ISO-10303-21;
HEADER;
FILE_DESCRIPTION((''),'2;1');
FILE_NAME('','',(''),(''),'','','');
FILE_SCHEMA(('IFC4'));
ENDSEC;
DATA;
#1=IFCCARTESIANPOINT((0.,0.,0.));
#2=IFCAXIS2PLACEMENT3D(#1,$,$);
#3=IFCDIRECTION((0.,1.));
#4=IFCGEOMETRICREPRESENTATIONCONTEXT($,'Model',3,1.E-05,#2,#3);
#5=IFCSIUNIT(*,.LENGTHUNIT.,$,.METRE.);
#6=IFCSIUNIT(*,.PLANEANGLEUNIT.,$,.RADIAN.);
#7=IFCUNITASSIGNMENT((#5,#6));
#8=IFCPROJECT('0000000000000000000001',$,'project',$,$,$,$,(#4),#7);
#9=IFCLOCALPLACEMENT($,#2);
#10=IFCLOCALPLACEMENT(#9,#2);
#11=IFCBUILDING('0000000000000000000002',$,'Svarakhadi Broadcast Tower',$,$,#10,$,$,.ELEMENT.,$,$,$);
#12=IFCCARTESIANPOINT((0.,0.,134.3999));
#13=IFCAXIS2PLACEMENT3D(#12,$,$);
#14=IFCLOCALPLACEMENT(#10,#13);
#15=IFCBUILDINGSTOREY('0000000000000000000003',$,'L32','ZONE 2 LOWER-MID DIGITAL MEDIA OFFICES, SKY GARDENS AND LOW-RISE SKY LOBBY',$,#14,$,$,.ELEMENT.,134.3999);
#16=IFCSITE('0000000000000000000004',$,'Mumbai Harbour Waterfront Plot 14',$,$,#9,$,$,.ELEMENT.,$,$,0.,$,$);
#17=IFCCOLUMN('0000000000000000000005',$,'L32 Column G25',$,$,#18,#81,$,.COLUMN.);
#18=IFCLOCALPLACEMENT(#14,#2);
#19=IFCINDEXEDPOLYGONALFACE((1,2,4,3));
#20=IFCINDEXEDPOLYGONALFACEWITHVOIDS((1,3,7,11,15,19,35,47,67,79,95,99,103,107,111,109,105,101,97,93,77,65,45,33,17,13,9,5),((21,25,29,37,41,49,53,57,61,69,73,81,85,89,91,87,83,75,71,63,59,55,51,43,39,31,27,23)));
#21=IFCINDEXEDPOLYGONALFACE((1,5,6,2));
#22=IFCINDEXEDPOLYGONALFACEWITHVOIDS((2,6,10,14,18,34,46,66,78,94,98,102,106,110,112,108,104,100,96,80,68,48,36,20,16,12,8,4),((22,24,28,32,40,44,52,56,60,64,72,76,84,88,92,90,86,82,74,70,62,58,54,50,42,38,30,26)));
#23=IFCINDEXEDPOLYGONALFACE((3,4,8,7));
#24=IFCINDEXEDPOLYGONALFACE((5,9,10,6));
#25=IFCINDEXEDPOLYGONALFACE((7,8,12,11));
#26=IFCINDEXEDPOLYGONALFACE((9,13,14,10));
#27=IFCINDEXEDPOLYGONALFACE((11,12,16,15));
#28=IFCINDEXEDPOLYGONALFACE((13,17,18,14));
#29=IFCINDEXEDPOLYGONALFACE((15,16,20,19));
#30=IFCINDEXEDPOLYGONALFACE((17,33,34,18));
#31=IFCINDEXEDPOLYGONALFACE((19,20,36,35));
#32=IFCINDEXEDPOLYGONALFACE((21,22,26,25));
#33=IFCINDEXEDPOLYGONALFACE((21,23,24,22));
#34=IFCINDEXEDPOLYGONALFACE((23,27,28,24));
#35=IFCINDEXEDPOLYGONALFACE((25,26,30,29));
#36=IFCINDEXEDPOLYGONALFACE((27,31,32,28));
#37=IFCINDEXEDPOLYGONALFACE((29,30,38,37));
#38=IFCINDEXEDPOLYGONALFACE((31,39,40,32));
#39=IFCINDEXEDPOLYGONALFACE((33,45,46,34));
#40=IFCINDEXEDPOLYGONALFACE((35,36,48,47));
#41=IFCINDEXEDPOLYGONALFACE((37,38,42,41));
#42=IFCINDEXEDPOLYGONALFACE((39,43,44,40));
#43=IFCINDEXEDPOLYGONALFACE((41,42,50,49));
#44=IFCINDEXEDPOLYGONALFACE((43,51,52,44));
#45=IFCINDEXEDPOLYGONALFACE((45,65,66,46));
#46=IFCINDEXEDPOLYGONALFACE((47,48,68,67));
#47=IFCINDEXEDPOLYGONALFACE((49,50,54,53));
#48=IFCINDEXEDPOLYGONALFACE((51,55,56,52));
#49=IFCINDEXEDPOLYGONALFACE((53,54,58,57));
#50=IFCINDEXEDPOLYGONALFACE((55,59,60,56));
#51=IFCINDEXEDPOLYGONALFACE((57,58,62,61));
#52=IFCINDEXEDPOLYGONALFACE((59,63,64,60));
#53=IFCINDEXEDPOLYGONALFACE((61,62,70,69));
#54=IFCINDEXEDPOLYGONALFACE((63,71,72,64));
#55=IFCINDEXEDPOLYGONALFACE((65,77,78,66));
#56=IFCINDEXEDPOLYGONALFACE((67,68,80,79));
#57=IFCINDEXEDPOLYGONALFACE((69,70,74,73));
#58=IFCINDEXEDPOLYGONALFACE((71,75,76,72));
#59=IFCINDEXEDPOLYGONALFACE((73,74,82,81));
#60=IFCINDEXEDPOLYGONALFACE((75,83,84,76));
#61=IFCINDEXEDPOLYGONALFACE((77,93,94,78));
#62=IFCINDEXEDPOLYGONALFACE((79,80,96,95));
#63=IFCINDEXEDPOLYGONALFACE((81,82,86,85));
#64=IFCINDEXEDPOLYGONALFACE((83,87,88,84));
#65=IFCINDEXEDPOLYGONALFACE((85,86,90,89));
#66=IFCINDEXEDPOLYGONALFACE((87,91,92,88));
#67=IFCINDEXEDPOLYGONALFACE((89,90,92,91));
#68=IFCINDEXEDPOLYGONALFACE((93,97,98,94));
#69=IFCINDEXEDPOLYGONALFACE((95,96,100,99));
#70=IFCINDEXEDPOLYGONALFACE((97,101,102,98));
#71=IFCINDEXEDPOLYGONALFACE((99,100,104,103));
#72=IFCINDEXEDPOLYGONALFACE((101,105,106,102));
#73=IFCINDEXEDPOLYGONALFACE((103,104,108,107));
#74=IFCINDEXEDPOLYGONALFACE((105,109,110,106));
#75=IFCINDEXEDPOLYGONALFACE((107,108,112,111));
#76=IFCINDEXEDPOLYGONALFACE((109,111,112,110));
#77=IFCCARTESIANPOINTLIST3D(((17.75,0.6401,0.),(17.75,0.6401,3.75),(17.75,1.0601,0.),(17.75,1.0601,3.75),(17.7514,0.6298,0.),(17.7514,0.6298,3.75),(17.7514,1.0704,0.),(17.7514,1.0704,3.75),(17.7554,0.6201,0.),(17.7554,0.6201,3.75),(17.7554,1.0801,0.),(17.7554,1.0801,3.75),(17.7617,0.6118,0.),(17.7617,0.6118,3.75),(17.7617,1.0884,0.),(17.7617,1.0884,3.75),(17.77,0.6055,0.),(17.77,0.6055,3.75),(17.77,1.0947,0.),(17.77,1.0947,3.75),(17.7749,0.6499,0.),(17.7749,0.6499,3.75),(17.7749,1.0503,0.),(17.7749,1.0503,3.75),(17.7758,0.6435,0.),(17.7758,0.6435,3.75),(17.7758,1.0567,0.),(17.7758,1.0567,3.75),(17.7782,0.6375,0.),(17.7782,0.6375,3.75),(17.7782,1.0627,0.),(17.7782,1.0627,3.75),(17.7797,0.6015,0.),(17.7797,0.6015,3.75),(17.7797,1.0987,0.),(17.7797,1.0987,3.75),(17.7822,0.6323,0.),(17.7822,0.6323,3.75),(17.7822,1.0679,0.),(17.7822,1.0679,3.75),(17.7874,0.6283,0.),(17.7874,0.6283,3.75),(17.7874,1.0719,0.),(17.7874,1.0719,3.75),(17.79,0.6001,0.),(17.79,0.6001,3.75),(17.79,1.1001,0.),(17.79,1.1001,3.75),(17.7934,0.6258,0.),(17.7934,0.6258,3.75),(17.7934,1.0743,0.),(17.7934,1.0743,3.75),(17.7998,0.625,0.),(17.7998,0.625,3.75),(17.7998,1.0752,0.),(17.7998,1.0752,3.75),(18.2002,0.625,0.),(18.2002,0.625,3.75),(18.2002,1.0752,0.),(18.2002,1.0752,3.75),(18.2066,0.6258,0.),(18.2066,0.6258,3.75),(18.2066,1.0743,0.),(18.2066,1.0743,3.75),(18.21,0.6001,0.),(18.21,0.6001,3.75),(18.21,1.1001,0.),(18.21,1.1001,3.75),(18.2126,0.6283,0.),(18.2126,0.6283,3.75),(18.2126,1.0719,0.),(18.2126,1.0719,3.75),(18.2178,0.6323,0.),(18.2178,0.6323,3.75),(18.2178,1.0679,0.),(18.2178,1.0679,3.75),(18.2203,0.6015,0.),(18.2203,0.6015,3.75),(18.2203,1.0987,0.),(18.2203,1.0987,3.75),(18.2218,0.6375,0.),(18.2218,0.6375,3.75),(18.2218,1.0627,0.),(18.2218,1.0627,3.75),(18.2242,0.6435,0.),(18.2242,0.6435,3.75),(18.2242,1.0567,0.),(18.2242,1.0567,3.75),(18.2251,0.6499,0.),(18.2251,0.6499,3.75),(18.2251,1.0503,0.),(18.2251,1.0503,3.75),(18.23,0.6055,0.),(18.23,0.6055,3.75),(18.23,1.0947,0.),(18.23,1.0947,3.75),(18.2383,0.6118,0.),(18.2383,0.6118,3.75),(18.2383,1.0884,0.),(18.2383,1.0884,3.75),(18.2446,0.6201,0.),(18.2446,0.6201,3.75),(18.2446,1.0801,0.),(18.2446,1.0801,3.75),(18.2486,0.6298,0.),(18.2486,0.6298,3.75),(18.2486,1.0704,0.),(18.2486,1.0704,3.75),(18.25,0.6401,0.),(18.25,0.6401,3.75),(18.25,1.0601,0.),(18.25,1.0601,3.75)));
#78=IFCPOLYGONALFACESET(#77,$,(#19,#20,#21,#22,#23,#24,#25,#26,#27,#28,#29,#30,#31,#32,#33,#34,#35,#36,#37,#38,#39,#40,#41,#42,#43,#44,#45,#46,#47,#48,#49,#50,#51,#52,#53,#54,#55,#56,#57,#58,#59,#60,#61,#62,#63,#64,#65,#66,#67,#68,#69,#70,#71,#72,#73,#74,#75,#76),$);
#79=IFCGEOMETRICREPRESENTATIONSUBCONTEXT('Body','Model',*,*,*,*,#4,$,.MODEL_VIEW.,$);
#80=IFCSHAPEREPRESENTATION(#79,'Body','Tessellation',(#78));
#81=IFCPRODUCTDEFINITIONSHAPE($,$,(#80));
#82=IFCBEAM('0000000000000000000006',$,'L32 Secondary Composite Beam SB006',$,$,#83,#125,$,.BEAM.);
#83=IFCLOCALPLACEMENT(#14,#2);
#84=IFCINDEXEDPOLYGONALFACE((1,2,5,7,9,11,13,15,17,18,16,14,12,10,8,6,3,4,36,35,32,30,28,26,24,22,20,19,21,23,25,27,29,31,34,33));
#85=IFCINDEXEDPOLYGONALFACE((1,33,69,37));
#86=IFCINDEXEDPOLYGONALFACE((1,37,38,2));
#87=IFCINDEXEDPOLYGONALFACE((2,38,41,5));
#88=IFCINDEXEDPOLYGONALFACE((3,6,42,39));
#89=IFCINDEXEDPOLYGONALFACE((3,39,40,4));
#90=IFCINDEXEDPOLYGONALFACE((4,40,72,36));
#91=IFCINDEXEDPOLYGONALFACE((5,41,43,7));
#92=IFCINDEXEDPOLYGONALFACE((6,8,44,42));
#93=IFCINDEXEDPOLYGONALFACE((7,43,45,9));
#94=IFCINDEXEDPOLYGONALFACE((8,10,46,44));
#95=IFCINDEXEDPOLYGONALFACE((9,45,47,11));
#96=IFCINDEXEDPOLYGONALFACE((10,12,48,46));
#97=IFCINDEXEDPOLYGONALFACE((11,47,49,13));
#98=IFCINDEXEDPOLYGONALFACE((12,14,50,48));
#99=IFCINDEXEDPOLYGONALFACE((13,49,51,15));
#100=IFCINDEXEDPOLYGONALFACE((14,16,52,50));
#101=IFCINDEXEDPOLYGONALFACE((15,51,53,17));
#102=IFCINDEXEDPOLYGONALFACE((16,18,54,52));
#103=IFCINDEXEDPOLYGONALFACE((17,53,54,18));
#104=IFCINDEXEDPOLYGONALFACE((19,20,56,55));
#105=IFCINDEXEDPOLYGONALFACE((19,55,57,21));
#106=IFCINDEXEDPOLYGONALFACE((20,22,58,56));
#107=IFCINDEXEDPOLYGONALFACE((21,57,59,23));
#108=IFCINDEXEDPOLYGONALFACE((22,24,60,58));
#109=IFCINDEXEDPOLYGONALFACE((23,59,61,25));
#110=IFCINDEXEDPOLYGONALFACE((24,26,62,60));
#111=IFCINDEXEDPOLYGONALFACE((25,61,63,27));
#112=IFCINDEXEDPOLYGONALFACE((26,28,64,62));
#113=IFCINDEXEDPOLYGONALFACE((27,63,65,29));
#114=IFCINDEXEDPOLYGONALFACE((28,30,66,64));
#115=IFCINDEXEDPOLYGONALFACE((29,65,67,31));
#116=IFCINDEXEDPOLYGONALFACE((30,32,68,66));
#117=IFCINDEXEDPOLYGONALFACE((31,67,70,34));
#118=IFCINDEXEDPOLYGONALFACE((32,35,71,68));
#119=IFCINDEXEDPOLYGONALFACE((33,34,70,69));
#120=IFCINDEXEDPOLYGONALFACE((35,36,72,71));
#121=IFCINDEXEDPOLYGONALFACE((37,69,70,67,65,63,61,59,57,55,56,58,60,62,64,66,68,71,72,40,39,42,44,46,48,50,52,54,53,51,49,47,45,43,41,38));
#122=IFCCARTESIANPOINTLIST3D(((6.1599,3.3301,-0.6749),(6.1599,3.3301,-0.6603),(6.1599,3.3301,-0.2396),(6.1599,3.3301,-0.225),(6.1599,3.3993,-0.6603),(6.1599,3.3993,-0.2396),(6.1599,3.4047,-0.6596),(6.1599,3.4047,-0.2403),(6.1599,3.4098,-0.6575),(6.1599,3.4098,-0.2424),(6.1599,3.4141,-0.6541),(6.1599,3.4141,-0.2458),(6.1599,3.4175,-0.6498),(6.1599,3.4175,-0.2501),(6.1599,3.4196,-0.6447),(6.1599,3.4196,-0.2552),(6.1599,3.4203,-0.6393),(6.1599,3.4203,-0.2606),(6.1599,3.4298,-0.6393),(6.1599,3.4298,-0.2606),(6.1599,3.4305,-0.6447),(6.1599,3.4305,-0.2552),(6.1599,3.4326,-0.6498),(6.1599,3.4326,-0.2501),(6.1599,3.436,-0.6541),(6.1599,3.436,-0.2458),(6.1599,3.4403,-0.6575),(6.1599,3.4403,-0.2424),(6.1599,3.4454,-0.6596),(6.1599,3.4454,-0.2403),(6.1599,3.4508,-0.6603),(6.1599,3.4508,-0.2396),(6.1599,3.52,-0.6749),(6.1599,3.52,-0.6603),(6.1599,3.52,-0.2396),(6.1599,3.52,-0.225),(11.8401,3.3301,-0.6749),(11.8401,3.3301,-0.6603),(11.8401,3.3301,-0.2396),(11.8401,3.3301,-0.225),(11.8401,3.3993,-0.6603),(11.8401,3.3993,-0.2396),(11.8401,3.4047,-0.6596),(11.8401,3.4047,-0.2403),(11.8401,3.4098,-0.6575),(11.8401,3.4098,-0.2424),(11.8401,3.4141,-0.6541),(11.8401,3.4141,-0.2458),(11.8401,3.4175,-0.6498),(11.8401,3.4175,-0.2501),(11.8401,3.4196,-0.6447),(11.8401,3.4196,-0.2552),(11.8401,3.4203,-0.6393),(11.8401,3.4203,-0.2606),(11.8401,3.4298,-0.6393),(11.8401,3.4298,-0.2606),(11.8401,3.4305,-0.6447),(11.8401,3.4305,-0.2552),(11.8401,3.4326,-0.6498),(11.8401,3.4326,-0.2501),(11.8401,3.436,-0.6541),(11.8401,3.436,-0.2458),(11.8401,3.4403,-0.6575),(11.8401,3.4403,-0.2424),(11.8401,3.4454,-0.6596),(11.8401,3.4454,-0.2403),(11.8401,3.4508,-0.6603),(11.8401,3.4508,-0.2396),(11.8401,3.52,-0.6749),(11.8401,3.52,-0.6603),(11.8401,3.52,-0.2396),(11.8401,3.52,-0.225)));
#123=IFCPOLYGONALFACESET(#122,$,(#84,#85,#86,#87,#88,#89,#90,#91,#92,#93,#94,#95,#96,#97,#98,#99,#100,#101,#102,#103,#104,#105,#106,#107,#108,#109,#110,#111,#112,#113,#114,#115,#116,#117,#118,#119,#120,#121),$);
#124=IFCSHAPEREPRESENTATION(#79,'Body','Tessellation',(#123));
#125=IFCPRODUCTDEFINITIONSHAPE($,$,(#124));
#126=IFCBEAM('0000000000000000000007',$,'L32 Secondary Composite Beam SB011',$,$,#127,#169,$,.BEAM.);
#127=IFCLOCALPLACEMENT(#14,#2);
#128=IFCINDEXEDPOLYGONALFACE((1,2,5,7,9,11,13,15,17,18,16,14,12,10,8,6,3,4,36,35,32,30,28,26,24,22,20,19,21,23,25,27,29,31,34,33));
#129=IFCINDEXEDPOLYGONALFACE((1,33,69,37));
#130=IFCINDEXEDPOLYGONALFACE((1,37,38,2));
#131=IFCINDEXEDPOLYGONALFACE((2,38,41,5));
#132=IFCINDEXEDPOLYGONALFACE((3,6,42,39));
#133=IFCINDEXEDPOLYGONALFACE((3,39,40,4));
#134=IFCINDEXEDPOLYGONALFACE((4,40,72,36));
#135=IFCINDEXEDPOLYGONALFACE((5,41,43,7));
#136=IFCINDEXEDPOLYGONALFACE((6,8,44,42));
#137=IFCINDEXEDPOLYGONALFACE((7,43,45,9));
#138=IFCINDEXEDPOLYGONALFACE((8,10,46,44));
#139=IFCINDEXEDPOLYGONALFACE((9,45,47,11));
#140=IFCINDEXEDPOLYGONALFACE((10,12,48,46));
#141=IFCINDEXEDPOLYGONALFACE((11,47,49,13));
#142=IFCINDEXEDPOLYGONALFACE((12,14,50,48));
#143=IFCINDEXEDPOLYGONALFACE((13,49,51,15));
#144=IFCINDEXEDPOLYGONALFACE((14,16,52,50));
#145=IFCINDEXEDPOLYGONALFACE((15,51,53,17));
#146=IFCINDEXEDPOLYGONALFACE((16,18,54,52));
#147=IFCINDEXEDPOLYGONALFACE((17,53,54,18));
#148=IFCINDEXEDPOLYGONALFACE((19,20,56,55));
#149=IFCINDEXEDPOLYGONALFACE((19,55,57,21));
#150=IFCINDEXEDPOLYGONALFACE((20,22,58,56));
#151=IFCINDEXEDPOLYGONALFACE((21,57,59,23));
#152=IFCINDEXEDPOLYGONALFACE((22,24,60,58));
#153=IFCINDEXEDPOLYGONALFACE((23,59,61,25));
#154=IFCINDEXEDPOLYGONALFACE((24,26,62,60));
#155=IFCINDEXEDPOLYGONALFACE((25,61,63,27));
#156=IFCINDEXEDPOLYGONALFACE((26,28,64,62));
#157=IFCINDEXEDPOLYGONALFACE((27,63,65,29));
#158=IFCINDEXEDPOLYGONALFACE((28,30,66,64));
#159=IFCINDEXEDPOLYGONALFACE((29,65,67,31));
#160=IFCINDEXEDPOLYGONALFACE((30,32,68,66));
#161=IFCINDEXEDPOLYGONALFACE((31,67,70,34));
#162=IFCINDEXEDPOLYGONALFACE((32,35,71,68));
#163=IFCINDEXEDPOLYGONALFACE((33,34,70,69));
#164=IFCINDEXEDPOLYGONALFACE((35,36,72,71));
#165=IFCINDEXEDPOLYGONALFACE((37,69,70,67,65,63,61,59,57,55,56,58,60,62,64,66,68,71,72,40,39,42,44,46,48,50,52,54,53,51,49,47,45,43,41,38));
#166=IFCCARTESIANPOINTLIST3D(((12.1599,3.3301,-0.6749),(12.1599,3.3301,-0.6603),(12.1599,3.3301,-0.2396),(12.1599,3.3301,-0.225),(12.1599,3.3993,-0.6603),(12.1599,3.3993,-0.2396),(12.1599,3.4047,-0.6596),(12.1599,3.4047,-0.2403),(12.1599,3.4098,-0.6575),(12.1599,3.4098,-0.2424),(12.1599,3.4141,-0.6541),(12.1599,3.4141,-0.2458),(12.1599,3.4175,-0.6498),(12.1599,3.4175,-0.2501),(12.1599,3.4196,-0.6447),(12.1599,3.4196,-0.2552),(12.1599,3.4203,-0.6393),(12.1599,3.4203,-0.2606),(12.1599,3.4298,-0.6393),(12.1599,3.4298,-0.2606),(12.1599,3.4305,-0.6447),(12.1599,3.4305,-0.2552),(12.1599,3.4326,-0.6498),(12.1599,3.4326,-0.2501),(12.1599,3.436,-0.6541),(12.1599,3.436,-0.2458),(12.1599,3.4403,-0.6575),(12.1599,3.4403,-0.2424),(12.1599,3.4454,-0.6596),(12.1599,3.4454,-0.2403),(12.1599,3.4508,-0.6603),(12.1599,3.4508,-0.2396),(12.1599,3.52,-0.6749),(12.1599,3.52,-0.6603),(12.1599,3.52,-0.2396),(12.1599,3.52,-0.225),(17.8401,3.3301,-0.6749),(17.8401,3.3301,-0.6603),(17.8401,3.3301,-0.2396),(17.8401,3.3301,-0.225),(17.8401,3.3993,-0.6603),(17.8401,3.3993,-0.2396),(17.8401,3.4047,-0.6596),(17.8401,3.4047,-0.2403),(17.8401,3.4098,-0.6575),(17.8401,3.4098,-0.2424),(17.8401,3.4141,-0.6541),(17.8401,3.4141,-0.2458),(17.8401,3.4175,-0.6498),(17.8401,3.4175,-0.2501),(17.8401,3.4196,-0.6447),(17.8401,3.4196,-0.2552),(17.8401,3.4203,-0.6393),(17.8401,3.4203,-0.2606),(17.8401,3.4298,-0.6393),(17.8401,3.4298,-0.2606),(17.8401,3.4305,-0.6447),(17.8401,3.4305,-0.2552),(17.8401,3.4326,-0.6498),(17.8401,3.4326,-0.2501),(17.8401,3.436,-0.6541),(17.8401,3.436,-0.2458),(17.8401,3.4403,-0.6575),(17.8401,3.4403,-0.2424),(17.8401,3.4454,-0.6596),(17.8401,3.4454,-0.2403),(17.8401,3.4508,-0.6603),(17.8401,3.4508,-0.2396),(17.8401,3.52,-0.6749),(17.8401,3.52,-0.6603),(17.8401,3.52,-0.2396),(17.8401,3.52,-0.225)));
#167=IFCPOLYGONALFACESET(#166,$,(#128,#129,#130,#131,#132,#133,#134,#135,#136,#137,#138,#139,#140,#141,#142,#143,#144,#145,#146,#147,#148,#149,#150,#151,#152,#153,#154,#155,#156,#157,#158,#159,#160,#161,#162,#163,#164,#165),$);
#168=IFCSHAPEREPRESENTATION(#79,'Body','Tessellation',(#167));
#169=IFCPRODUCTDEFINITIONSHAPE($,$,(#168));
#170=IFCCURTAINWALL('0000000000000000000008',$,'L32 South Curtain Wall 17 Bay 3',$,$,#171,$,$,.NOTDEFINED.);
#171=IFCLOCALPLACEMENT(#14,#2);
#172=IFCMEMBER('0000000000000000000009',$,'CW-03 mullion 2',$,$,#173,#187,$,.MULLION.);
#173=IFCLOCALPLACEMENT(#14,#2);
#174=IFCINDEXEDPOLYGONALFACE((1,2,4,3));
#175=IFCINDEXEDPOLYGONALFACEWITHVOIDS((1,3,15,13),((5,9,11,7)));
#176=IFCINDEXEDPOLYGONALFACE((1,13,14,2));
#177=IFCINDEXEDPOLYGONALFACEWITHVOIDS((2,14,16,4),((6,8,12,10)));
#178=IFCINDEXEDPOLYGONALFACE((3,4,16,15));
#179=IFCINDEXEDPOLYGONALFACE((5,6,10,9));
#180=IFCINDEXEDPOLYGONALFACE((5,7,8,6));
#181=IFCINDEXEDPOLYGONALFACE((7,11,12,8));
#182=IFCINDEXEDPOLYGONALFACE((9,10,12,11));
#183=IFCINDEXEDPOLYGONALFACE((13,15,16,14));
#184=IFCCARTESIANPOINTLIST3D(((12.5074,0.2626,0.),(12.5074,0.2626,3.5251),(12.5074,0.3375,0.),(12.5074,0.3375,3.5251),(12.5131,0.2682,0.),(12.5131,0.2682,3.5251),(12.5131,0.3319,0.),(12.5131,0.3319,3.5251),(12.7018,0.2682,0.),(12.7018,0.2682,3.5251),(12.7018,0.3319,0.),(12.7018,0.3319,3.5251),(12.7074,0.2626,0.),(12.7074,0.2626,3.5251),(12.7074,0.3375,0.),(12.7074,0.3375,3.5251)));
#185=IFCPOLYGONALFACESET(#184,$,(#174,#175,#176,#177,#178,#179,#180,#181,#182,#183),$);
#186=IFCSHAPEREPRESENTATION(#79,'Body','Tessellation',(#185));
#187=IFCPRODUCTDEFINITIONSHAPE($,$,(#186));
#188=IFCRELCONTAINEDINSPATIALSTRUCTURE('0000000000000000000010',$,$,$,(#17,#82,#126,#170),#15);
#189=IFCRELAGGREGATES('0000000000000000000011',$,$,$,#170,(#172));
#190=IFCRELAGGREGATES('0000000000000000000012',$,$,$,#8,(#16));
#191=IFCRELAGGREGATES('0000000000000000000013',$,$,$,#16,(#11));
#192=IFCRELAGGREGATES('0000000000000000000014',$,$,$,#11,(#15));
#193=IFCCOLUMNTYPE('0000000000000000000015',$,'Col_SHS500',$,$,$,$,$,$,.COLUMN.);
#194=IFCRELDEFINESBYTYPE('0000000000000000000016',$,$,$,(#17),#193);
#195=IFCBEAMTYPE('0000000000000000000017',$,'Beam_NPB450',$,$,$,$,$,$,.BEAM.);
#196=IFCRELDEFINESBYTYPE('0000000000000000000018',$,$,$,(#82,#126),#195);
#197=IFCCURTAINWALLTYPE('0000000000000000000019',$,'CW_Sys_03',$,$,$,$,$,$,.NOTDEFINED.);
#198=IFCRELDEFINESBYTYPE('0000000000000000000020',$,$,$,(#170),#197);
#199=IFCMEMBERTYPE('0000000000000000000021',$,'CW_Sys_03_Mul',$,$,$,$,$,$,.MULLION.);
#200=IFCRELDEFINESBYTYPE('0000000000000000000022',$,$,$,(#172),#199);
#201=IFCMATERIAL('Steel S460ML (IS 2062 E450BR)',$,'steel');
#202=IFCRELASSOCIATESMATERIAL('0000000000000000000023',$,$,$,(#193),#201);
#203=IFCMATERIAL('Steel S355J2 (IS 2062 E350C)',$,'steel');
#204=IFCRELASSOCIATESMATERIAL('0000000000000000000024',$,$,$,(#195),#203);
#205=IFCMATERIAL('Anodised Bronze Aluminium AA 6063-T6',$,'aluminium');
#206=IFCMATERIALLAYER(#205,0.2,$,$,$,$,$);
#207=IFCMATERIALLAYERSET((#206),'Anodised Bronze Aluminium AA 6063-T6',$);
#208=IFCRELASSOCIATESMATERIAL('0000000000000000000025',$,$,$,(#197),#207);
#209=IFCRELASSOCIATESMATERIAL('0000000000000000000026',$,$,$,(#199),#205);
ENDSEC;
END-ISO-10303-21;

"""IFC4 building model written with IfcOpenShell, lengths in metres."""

from ifc_helpers import new_model, si_unit, direction, frame, origin, origin_2d, place, context, subcontext, project, spatial, hollow_rectangle, i_section, extrude, material, layer, layer_set, material_profile, profile_set, type_object, element, aggregate, save


model = new_model("IFC4")

# Units and contexts
model_context = context("Model", 3, precision=1e-05, world=origin(), true_north=direction((0.0, 1.0)))
body_context = subcontext(model_context, "Body", "Model", "MODEL_VIEW")
ifc_project = project(units=[si_unit("LENGTHUNIT", "METRE"), si_unit("PLANEANGLEUNIT", "RADIAN")], contexts=[model_context])

# Site, building, storey
site_placement = place(None, origin())
site = spatial("IfcSite", under=ifc_project, at=site_placement, Name="Mumbai Harbour Waterfront Plot 14", CompositionType="ELEMENT", RefElevation=0.0)
building_placement = place(site_placement, origin())
building = spatial("IfcBuilding", under=site, at=building_placement, Name="Svarakhadi Broadcast Tower", CompositionType="ELEMENT")
storey_placement = place(building_placement, frame((0.0, 0.0, 134.3999)))
storey = spatial("IfcBuildingStorey", under=building, at=storey_placement, Name="L32", Description="ZONE 2 LOWER-MID DIGITAL MEDIA OFFICES, SKY GARDENS AND LOW-RISE SKY LOBBY", CompositionType="ELEMENT", Elevation=134.3999)

# Column
ifc_material_1 = material(Name="Steel S460ML (IS 2062 E450BR)", Category="steel")
ifc_material_profile_1 = material_profile(ifc_material_1, hollow_rectangle(XDim=0.5, YDim=0.5, WallThickness=0.0249, InnerFilletRadius=0.0249, OuterFilletRadius=0.04, at=origin_2d()), Name="SHS 500x500x25")
ifc_profile_set_1 = profile_set([ifc_material_profile_1], Name="Steel S460ML (IS 2062 E450BR)")
column_type_1 = type_object("IfcColumnType", Name="Col_SHS500", PredefinedType="COLUMN", material=ifc_profile_set_1)
for number, where, z_axis, x_axis, name in (
    (1, (18.0, 0.8501, 0.0), (0.0, 0.0, 1.0), (1.0, 0.0, 0.0), "L32 Column G25"),
):
    element("IfcColumn", number, at=place(storey_placement, frame(where, z_axis=z_axis, x_axis=x_axis)), inside=storey, type_object=column_type_1, Name=name, PredefinedType="COLUMN", context=body_context, shape_type="SweptSolid", body=[
        extrude(hollow_rectangle(XDim=0.5, YDim=0.5, WallThickness=0.0249, InnerFilletRadius=0.0249, OuterFilletRadius=0.04, at=origin_2d()), origin(), (0.0, 0.0, 1.0), 3.75),
    ])

# Beams
ifc_material_2 = material(Name="Steel S355J2 (IS 2062 E350C)", Category="steel")
ifc_material_profile_2 = material_profile(ifc_material_2, i_section(OverallWidth=0.1899, OverallDepth=0.45, WebThickness=0.0095, FlangeThickness=0.0146, FilletRadius=0.021, at=origin_2d()), Name="NPB 450x190x78")
ifc_profile_set_2 = profile_set([ifc_material_profile_2], Name="Steel S355J2 (IS 2062 E350C)")
beam_type_1 = type_object("IfcBeamType", Name="Beam_NPB450", PredefinedType="BEAM", material=ifc_profile_set_2)
for number, where, z_axis, x_axis, name in (
    (2, (6.1599, 3.425, -0.45), (1.0, 0.0, 0.0), (0.0, 1.0, 0.0), "L32 Secondary Composite Beam SB006"),
    (3, (12.1599, 3.425, -0.45), (1.0, 0.0, 0.0), (0.0, 1.0, 0.0), "L32 Secondary Composite Beam SB011"),
):
    element("IfcBeam", number, at=place(storey_placement, frame(where, z_axis=z_axis, x_axis=x_axis)), inside=storey, type_object=beam_type_1, Name=name, PredefinedType="BEAM", context=body_context, shape_type="SweptSolid", body=[
        extrude(i_section(OverallWidth=0.1899, OverallDepth=0.45, WebThickness=0.0095, FlangeThickness=0.0146, FilletRadius=0.021, at=origin_2d()), origin(), (0.0, 0.0, 1.0), 5.6802),
    ])

# Curtain wall, member
ifc_material_3 = material(Name="Anodised Bronze Aluminium AA 6063-T6", Category="aluminium")
ifc_layer_1 = layer(ifc_material_3, 0.2)
ifc_layer_set_1 = layer_set([ifc_layer_1], Name="Anodised Bronze Aluminium AA 6063-T6")
curtain_wall_type = type_object("IfcCurtainWallType", Name="CW_Sys_03", PredefinedType="NOTDEFINED", material=ifc_layer_set_1)
curtain_wall_1_placement = place(storey_placement, origin())
curtain_wall_1 = element("IfcCurtainWall", 4, at=curtain_wall_1_placement, inside=storey, type_object=curtain_wall_type, Name="L32 South Curtain Wall 17 Bay 3", PredefinedType="NOTDEFINED")
ifc_material_profile_3 = material_profile(ifc_material_3, hollow_rectangle(XDim=0.075, YDim=0.2, WallThickness=0.0056, at=origin_2d()), Name="ALU MULLION 200x75x6")
ifc_profile_set_3 = profile_set([ifc_material_profile_3], Name="Anodised Bronze Aluminium AA 6063-T6")
member_type_1 = type_object("IfcMemberType", Name="CW_Sys_03_Mul", PredefinedType="MULLION", material=ifc_profile_set_3)
member_1_placement = place(storey_placement, frame((12.6074, 0.3, 0.0), z_axis=(0.0, 0.0, 1.0), x_axis=(0.0, -1.0, 0.0)))
member_1 = element("IfcMember", 5, at=member_1_placement, type_object=member_type_1, Name="CW-03 mullion 2", PredefinedType="MULLION", context=body_context, shape_type="SweptSolid", body=[
    extrude(hollow_rectangle(XDim=0.075, YDim=0.2, WallThickness=0.0056, at=origin_2d()), origin(), (0.0, 0.0, 1.0), 3.5251),
])
aggregate(curtain_wall_1, [member_1])

save(model, "model.ifc")
